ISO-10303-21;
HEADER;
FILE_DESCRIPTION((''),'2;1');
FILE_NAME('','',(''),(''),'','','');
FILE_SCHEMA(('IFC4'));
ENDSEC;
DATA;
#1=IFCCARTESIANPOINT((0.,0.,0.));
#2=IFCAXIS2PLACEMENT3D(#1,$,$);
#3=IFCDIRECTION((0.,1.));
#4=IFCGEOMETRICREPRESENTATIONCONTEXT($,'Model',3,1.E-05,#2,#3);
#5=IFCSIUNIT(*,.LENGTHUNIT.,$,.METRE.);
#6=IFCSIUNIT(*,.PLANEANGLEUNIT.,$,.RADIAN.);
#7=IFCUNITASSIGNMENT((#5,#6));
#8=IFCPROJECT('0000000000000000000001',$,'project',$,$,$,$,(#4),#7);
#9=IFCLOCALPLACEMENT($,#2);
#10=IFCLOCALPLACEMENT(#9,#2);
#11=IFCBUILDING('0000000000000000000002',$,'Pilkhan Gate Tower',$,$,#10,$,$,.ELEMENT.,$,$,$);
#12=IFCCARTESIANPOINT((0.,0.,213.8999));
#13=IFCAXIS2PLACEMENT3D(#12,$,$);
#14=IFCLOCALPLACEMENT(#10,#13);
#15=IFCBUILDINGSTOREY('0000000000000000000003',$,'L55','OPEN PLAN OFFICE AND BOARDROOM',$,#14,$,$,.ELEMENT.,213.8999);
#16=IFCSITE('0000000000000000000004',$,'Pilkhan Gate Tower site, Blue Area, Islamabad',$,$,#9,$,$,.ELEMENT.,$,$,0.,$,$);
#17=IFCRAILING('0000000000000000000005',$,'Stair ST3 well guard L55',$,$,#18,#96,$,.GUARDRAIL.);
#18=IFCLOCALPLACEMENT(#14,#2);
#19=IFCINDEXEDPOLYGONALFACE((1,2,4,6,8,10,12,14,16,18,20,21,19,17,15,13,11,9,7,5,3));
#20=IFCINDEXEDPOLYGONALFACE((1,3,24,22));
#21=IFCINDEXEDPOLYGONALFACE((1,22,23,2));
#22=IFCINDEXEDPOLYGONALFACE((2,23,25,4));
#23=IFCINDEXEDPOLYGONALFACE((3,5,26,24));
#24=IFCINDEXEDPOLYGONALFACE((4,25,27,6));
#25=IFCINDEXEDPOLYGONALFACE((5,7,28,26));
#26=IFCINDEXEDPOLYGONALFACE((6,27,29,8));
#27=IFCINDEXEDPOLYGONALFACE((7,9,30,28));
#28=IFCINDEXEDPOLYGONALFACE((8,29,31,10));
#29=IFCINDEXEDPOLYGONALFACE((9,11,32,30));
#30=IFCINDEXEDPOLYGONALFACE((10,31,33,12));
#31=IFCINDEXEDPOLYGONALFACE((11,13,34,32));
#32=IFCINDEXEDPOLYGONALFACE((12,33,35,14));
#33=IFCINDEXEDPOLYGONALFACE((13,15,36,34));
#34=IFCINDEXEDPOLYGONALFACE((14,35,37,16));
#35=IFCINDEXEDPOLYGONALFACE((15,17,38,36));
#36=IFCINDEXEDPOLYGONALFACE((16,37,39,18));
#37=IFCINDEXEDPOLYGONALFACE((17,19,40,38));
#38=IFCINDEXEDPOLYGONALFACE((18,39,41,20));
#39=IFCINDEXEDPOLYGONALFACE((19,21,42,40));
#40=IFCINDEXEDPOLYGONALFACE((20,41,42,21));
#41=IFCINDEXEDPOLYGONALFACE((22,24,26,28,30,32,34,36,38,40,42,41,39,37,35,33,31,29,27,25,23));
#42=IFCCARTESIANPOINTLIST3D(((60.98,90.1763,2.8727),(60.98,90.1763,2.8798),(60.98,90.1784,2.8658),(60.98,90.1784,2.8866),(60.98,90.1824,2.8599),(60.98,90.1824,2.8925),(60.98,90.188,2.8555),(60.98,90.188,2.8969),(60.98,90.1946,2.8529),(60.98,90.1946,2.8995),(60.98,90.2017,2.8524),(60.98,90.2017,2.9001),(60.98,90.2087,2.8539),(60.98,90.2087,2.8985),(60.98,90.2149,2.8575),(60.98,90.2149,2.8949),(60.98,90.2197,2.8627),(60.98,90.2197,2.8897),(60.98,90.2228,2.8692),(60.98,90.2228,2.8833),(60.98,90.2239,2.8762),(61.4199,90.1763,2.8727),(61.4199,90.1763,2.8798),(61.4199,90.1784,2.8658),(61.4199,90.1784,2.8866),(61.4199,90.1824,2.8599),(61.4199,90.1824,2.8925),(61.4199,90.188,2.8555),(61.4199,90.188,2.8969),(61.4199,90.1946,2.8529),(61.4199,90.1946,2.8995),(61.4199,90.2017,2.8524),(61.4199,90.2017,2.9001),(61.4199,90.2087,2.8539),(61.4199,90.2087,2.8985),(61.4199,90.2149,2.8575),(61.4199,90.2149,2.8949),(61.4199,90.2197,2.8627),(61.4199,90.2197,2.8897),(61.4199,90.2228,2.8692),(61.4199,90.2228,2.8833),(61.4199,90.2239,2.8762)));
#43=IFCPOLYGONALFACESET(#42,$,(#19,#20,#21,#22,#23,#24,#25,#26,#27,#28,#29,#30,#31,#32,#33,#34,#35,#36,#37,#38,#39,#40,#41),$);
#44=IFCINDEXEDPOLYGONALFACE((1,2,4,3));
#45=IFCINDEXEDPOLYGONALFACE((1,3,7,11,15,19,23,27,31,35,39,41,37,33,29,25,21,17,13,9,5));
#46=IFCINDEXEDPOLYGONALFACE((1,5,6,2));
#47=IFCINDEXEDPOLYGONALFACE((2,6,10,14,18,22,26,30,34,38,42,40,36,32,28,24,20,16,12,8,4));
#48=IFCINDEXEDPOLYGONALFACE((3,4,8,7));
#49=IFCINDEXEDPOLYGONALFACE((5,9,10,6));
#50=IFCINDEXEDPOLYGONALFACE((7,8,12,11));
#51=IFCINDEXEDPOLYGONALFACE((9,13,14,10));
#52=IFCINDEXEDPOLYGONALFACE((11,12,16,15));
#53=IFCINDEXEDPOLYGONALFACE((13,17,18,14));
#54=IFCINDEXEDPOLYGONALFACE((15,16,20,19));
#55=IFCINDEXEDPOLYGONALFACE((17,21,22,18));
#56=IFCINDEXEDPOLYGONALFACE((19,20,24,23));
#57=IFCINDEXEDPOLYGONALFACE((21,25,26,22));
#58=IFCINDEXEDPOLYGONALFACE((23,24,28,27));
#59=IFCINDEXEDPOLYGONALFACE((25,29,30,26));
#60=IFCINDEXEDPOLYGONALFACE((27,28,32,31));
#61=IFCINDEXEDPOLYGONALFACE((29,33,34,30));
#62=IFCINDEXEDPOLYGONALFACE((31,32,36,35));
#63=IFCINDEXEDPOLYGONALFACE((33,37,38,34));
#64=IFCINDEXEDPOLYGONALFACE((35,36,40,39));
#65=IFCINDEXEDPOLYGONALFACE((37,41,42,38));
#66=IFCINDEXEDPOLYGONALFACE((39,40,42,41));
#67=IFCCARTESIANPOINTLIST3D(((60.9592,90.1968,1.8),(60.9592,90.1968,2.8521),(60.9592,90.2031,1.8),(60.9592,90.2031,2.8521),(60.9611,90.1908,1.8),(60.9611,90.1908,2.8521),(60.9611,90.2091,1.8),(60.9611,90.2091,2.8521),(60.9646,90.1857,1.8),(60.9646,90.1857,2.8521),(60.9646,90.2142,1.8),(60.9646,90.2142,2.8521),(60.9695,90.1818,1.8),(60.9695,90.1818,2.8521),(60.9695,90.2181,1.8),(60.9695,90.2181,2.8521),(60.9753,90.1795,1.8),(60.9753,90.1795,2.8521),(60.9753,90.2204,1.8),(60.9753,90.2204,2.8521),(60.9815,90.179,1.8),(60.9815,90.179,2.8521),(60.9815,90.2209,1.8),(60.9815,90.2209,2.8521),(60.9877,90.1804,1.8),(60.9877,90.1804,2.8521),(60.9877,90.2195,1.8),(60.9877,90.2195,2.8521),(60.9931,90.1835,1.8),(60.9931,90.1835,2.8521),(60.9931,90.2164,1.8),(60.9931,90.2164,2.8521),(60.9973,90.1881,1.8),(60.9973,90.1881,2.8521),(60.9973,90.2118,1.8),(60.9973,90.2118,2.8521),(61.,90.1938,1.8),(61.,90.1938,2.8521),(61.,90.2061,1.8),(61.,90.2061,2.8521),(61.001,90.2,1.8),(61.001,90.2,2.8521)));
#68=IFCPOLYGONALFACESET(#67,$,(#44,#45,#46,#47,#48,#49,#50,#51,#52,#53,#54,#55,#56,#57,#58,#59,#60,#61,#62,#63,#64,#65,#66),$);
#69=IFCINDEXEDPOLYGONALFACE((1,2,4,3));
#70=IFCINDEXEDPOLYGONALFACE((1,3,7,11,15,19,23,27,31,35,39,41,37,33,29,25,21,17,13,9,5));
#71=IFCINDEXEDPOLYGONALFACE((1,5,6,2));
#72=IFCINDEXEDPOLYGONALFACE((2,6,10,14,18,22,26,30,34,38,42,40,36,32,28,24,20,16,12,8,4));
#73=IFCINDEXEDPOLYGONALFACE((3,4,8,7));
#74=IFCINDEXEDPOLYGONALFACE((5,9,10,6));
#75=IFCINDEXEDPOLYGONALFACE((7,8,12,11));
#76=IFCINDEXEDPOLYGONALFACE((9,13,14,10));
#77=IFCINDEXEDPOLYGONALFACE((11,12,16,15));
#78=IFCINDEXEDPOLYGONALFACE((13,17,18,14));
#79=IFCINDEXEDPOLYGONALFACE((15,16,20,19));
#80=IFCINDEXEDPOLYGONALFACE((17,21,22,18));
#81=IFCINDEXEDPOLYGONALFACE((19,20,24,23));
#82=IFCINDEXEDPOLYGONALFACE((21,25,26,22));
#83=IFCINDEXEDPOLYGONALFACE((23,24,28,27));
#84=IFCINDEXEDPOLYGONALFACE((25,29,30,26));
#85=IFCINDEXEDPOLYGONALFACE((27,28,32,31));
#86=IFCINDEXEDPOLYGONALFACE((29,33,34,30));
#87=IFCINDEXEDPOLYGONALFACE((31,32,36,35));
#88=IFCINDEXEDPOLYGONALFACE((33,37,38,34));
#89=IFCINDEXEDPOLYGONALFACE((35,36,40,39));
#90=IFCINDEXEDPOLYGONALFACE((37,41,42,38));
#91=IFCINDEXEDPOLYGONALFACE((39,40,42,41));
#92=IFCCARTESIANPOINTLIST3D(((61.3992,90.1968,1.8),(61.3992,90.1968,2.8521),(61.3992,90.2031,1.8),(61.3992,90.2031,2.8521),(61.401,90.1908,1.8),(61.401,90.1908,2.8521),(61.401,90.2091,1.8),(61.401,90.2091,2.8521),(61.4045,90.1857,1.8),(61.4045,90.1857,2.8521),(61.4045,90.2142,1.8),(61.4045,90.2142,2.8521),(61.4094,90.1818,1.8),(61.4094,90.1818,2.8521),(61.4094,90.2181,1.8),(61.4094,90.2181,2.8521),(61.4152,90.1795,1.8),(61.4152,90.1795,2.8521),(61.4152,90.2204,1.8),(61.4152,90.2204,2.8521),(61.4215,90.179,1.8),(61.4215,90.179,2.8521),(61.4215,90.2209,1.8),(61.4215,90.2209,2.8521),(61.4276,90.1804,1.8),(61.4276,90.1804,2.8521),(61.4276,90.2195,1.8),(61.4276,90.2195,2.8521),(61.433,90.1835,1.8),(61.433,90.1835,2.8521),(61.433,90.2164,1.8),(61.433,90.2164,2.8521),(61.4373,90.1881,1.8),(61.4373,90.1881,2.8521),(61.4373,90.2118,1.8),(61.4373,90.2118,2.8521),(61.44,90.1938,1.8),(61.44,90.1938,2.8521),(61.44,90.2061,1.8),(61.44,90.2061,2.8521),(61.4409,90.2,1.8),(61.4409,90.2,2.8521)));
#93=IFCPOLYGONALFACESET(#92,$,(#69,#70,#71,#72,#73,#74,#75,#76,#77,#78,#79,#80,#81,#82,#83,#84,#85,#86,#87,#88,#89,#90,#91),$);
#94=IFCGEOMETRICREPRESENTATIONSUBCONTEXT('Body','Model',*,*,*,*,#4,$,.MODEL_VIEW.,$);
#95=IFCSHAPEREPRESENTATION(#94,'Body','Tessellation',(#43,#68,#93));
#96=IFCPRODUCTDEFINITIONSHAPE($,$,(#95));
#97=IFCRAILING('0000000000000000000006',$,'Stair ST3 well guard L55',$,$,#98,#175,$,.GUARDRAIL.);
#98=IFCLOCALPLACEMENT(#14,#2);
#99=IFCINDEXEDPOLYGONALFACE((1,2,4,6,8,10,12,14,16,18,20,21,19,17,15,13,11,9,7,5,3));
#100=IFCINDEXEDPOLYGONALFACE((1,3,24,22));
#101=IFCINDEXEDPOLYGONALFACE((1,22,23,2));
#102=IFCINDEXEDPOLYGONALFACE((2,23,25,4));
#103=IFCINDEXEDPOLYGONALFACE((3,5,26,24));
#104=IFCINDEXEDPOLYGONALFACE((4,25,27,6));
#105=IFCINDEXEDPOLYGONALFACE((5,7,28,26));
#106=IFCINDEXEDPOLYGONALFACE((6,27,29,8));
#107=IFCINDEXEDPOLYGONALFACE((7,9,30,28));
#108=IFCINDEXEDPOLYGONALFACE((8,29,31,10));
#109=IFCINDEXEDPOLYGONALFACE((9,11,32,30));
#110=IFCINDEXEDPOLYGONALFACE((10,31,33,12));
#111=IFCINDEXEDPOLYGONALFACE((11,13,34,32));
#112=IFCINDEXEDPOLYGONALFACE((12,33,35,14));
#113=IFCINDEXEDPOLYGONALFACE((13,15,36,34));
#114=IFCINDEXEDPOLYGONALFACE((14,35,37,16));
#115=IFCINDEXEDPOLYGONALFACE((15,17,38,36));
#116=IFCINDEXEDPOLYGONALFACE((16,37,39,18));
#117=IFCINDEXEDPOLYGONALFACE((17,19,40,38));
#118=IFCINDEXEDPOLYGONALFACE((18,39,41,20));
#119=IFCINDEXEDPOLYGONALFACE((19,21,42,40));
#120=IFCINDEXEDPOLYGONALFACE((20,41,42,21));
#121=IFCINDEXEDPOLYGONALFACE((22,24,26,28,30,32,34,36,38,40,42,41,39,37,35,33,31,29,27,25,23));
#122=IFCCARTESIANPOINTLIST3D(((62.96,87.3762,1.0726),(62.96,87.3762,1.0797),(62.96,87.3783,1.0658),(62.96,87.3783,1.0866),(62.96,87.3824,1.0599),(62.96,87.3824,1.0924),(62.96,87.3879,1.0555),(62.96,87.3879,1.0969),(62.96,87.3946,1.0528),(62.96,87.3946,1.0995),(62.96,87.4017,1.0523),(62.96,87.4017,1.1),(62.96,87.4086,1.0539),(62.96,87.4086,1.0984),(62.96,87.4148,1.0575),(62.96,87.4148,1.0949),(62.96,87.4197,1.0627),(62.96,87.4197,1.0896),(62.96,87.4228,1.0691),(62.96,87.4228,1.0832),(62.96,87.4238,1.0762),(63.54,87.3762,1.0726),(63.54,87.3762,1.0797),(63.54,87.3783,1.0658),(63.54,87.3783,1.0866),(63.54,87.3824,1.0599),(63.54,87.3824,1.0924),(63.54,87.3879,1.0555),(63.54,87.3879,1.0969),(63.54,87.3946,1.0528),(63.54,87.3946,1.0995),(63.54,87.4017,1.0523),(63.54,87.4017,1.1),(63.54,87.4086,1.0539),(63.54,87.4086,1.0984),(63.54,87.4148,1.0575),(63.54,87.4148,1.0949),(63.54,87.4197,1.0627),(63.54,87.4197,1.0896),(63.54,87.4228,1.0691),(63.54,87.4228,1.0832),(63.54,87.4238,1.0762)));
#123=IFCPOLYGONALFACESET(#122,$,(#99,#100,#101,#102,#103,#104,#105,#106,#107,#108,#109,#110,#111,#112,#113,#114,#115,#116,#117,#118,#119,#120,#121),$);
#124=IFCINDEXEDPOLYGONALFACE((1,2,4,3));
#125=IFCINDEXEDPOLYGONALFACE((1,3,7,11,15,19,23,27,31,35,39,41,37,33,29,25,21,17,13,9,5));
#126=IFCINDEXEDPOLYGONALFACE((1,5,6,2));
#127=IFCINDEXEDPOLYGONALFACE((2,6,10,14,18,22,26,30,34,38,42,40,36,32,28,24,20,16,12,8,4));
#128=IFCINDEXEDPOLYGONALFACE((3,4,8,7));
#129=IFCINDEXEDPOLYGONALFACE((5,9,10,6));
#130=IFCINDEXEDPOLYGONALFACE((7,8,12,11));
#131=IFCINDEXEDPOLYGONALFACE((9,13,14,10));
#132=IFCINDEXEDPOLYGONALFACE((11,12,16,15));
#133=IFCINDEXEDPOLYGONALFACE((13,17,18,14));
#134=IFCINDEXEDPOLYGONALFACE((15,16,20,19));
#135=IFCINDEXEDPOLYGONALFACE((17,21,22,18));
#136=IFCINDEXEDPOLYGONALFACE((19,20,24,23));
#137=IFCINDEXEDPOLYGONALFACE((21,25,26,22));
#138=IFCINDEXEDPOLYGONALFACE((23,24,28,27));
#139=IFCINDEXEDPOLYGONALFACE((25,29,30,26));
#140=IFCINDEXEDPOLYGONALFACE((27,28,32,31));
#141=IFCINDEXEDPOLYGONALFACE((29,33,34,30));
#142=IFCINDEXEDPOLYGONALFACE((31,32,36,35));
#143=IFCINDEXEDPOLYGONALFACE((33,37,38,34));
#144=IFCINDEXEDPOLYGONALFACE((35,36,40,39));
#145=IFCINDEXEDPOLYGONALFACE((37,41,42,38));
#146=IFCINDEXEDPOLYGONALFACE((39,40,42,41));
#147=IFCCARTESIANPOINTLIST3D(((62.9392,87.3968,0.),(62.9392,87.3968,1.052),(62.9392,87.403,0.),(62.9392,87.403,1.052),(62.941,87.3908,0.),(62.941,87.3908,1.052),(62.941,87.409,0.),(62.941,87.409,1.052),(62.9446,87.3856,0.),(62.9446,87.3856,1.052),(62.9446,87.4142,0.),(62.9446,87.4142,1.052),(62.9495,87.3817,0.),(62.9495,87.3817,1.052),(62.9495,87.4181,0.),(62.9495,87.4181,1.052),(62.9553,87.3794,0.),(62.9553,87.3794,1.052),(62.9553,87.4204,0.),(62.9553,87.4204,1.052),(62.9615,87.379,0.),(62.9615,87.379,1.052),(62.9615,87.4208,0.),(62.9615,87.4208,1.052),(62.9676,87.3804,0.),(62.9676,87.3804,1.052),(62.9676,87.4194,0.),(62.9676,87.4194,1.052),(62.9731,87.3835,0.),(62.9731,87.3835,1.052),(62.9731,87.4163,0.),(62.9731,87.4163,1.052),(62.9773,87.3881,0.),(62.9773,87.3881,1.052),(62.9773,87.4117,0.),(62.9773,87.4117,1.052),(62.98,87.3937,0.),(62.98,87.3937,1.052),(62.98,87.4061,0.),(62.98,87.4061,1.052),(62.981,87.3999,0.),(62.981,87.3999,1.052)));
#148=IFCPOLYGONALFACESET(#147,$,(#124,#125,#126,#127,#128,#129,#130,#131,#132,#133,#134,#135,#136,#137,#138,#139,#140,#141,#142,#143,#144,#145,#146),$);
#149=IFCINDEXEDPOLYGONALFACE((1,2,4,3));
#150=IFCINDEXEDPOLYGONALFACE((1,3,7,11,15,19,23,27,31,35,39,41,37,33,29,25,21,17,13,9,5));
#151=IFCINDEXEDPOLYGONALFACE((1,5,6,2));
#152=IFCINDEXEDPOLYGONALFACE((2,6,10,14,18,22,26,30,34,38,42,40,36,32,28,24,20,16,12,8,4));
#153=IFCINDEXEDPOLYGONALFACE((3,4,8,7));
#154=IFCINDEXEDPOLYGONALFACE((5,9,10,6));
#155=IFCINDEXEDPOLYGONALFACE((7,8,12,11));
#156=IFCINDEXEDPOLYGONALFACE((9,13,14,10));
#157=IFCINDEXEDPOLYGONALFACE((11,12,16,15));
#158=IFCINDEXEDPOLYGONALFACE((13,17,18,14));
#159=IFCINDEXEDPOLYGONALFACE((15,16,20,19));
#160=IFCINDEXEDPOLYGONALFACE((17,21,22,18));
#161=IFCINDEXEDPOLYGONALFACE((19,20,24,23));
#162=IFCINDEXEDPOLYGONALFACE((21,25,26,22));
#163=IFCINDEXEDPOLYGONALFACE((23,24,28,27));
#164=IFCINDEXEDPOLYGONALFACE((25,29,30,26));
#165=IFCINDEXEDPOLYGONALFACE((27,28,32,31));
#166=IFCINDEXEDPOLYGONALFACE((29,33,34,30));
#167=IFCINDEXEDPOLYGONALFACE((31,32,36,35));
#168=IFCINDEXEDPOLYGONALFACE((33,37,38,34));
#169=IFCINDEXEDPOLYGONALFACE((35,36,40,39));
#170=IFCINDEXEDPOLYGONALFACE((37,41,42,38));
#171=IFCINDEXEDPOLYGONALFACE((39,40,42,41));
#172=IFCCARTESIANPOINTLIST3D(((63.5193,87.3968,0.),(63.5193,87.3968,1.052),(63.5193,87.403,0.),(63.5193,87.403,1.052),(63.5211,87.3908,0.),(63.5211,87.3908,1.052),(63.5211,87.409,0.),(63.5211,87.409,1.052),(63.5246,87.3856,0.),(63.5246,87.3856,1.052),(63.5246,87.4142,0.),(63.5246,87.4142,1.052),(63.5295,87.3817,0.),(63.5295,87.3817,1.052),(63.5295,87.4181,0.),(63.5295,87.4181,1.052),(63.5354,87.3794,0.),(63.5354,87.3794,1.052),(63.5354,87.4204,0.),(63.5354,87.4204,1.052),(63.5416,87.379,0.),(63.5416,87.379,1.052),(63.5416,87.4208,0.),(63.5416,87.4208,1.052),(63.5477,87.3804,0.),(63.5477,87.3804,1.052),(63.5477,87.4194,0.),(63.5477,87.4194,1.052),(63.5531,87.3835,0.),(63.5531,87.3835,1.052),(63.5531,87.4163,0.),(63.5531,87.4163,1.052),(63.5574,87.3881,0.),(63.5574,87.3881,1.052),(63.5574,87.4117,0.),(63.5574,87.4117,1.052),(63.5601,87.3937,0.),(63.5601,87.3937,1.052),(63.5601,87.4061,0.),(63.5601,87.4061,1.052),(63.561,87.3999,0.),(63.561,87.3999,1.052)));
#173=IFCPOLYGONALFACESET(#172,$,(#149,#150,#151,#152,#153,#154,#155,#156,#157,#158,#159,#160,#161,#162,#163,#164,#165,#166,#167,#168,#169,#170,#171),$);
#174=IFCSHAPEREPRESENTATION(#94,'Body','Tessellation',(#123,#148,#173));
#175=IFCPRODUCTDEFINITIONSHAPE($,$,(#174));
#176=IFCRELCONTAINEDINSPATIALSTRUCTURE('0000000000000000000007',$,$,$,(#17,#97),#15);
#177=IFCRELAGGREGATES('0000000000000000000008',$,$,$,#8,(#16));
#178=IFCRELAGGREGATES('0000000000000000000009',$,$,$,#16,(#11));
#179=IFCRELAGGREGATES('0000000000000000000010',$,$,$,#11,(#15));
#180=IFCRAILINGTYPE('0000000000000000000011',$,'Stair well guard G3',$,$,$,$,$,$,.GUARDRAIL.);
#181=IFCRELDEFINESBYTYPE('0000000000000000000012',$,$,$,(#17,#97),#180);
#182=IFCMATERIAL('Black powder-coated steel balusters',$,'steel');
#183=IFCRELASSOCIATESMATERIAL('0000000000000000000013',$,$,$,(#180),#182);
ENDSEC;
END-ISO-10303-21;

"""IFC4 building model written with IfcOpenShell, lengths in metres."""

from ifc_helpers import new_model, si_unit, direction, frame, origin, origin_2d, place, context, subcontext, project, spatial, circle, extrude, material, type_object, element, save


model = new_model("IFC4")

# Units and contexts
model_context = context("Model", 3, precision=1e-05, world=origin(), true_north=direction((0.0, 1.0)))
body_context = subcontext(model_context, "Body", "Model", "MODEL_VIEW")
ifc_project = project(units=[si_unit("LENGTHUNIT", "METRE"), si_unit("PLANEANGLEUNIT", "RADIAN")], contexts=[model_context])

# Site, building, storey
site_placement = place(None, origin())
site = spatial("IfcSite", under=ifc_project, at=site_placement, Name="Pilkhan Gate Tower site, Blue Area, Islamabad", CompositionType="ELEMENT", RefElevation=0.0)
building_placement = place(site_placement, origin())
building = spatial("IfcBuilding", under=site, at=building_placement, Name="Pilkhan Gate Tower", CompositionType="ELEMENT")
storey_placement = place(building_placement, frame((0.0, 0.0, 213.8999)))
storey = spatial("IfcBuildingStorey", under=building, at=storey_placement, Name="L55", Description="OPEN PLAN OFFICE AND BOARDROOM", CompositionType="ELEMENT", Elevation=213.8999)

# Railings
ifc_material_1 = material(Name="Black powder-coated steel balusters", Category="steel")
railing_type_1 = type_object("IfcRailingType", Name="Stair well guard G3", PredefinedType="GUARDRAIL", material=ifc_material_1)
railing_1_placement = place(storey_placement, frame((60.98, 90.2, 1.8)))
element("IfcRailing", 1, at=railing_1_placement, inside=storey, type_object=railing_type_1, Name="Stair ST3 well guard L55", PredefinedType="GUARDRAIL", context=body_context, shape_type="SweptSolid", body=[
    extrude(circle(Radius=0.0239, at=origin_2d()), frame((0.0, 0.0, 1.0762), z_axis=(1.0, 0.0, 0.0), x_axis=(0.0, 1.0, 0.0)), (0.0, 0.0, 1.0), 0.4399),
    extrude(circle(Radius=0.021, at=origin_2d()), origin(), (0.0, 0.0, 1.0), 1.052),
    extrude(circle(Radius=0.021, at=origin_2d()), frame((0.4399, 0.0, 0.0)), (0.0, 0.0, 1.0), 1.052),
])
for number, where, name in (
    (2, (62.96, 87.3999, 0.0), "Stair ST3 well guard L55"),
):
    element("IfcRailing", number, at=place(storey_placement, frame(where)), inside=storey, type_object=railing_type_1, Name=name, PredefinedType="GUARDRAIL", context=body_context, shape_type="SweptSolid", body=[
        extrude(circle(Radius=0.0239, at=origin_2d()), frame((0.0, 0.0, 1.0762), z_axis=(1.0, 0.0, 0.0), x_axis=(0.0, 1.0, 0.0)), (0.0, 0.0, 1.0), 0.5801),
        extrude(circle(Radius=0.021, at=origin_2d()), origin(), (0.0, 0.0, 1.0), 1.052),
        extrude(circle(Radius=0.021, at=origin_2d()), frame((0.5801, 0.0, 0.0)), (0.0, 0.0, 1.0), 1.052),
    ])

save(model, "model.ifc")
